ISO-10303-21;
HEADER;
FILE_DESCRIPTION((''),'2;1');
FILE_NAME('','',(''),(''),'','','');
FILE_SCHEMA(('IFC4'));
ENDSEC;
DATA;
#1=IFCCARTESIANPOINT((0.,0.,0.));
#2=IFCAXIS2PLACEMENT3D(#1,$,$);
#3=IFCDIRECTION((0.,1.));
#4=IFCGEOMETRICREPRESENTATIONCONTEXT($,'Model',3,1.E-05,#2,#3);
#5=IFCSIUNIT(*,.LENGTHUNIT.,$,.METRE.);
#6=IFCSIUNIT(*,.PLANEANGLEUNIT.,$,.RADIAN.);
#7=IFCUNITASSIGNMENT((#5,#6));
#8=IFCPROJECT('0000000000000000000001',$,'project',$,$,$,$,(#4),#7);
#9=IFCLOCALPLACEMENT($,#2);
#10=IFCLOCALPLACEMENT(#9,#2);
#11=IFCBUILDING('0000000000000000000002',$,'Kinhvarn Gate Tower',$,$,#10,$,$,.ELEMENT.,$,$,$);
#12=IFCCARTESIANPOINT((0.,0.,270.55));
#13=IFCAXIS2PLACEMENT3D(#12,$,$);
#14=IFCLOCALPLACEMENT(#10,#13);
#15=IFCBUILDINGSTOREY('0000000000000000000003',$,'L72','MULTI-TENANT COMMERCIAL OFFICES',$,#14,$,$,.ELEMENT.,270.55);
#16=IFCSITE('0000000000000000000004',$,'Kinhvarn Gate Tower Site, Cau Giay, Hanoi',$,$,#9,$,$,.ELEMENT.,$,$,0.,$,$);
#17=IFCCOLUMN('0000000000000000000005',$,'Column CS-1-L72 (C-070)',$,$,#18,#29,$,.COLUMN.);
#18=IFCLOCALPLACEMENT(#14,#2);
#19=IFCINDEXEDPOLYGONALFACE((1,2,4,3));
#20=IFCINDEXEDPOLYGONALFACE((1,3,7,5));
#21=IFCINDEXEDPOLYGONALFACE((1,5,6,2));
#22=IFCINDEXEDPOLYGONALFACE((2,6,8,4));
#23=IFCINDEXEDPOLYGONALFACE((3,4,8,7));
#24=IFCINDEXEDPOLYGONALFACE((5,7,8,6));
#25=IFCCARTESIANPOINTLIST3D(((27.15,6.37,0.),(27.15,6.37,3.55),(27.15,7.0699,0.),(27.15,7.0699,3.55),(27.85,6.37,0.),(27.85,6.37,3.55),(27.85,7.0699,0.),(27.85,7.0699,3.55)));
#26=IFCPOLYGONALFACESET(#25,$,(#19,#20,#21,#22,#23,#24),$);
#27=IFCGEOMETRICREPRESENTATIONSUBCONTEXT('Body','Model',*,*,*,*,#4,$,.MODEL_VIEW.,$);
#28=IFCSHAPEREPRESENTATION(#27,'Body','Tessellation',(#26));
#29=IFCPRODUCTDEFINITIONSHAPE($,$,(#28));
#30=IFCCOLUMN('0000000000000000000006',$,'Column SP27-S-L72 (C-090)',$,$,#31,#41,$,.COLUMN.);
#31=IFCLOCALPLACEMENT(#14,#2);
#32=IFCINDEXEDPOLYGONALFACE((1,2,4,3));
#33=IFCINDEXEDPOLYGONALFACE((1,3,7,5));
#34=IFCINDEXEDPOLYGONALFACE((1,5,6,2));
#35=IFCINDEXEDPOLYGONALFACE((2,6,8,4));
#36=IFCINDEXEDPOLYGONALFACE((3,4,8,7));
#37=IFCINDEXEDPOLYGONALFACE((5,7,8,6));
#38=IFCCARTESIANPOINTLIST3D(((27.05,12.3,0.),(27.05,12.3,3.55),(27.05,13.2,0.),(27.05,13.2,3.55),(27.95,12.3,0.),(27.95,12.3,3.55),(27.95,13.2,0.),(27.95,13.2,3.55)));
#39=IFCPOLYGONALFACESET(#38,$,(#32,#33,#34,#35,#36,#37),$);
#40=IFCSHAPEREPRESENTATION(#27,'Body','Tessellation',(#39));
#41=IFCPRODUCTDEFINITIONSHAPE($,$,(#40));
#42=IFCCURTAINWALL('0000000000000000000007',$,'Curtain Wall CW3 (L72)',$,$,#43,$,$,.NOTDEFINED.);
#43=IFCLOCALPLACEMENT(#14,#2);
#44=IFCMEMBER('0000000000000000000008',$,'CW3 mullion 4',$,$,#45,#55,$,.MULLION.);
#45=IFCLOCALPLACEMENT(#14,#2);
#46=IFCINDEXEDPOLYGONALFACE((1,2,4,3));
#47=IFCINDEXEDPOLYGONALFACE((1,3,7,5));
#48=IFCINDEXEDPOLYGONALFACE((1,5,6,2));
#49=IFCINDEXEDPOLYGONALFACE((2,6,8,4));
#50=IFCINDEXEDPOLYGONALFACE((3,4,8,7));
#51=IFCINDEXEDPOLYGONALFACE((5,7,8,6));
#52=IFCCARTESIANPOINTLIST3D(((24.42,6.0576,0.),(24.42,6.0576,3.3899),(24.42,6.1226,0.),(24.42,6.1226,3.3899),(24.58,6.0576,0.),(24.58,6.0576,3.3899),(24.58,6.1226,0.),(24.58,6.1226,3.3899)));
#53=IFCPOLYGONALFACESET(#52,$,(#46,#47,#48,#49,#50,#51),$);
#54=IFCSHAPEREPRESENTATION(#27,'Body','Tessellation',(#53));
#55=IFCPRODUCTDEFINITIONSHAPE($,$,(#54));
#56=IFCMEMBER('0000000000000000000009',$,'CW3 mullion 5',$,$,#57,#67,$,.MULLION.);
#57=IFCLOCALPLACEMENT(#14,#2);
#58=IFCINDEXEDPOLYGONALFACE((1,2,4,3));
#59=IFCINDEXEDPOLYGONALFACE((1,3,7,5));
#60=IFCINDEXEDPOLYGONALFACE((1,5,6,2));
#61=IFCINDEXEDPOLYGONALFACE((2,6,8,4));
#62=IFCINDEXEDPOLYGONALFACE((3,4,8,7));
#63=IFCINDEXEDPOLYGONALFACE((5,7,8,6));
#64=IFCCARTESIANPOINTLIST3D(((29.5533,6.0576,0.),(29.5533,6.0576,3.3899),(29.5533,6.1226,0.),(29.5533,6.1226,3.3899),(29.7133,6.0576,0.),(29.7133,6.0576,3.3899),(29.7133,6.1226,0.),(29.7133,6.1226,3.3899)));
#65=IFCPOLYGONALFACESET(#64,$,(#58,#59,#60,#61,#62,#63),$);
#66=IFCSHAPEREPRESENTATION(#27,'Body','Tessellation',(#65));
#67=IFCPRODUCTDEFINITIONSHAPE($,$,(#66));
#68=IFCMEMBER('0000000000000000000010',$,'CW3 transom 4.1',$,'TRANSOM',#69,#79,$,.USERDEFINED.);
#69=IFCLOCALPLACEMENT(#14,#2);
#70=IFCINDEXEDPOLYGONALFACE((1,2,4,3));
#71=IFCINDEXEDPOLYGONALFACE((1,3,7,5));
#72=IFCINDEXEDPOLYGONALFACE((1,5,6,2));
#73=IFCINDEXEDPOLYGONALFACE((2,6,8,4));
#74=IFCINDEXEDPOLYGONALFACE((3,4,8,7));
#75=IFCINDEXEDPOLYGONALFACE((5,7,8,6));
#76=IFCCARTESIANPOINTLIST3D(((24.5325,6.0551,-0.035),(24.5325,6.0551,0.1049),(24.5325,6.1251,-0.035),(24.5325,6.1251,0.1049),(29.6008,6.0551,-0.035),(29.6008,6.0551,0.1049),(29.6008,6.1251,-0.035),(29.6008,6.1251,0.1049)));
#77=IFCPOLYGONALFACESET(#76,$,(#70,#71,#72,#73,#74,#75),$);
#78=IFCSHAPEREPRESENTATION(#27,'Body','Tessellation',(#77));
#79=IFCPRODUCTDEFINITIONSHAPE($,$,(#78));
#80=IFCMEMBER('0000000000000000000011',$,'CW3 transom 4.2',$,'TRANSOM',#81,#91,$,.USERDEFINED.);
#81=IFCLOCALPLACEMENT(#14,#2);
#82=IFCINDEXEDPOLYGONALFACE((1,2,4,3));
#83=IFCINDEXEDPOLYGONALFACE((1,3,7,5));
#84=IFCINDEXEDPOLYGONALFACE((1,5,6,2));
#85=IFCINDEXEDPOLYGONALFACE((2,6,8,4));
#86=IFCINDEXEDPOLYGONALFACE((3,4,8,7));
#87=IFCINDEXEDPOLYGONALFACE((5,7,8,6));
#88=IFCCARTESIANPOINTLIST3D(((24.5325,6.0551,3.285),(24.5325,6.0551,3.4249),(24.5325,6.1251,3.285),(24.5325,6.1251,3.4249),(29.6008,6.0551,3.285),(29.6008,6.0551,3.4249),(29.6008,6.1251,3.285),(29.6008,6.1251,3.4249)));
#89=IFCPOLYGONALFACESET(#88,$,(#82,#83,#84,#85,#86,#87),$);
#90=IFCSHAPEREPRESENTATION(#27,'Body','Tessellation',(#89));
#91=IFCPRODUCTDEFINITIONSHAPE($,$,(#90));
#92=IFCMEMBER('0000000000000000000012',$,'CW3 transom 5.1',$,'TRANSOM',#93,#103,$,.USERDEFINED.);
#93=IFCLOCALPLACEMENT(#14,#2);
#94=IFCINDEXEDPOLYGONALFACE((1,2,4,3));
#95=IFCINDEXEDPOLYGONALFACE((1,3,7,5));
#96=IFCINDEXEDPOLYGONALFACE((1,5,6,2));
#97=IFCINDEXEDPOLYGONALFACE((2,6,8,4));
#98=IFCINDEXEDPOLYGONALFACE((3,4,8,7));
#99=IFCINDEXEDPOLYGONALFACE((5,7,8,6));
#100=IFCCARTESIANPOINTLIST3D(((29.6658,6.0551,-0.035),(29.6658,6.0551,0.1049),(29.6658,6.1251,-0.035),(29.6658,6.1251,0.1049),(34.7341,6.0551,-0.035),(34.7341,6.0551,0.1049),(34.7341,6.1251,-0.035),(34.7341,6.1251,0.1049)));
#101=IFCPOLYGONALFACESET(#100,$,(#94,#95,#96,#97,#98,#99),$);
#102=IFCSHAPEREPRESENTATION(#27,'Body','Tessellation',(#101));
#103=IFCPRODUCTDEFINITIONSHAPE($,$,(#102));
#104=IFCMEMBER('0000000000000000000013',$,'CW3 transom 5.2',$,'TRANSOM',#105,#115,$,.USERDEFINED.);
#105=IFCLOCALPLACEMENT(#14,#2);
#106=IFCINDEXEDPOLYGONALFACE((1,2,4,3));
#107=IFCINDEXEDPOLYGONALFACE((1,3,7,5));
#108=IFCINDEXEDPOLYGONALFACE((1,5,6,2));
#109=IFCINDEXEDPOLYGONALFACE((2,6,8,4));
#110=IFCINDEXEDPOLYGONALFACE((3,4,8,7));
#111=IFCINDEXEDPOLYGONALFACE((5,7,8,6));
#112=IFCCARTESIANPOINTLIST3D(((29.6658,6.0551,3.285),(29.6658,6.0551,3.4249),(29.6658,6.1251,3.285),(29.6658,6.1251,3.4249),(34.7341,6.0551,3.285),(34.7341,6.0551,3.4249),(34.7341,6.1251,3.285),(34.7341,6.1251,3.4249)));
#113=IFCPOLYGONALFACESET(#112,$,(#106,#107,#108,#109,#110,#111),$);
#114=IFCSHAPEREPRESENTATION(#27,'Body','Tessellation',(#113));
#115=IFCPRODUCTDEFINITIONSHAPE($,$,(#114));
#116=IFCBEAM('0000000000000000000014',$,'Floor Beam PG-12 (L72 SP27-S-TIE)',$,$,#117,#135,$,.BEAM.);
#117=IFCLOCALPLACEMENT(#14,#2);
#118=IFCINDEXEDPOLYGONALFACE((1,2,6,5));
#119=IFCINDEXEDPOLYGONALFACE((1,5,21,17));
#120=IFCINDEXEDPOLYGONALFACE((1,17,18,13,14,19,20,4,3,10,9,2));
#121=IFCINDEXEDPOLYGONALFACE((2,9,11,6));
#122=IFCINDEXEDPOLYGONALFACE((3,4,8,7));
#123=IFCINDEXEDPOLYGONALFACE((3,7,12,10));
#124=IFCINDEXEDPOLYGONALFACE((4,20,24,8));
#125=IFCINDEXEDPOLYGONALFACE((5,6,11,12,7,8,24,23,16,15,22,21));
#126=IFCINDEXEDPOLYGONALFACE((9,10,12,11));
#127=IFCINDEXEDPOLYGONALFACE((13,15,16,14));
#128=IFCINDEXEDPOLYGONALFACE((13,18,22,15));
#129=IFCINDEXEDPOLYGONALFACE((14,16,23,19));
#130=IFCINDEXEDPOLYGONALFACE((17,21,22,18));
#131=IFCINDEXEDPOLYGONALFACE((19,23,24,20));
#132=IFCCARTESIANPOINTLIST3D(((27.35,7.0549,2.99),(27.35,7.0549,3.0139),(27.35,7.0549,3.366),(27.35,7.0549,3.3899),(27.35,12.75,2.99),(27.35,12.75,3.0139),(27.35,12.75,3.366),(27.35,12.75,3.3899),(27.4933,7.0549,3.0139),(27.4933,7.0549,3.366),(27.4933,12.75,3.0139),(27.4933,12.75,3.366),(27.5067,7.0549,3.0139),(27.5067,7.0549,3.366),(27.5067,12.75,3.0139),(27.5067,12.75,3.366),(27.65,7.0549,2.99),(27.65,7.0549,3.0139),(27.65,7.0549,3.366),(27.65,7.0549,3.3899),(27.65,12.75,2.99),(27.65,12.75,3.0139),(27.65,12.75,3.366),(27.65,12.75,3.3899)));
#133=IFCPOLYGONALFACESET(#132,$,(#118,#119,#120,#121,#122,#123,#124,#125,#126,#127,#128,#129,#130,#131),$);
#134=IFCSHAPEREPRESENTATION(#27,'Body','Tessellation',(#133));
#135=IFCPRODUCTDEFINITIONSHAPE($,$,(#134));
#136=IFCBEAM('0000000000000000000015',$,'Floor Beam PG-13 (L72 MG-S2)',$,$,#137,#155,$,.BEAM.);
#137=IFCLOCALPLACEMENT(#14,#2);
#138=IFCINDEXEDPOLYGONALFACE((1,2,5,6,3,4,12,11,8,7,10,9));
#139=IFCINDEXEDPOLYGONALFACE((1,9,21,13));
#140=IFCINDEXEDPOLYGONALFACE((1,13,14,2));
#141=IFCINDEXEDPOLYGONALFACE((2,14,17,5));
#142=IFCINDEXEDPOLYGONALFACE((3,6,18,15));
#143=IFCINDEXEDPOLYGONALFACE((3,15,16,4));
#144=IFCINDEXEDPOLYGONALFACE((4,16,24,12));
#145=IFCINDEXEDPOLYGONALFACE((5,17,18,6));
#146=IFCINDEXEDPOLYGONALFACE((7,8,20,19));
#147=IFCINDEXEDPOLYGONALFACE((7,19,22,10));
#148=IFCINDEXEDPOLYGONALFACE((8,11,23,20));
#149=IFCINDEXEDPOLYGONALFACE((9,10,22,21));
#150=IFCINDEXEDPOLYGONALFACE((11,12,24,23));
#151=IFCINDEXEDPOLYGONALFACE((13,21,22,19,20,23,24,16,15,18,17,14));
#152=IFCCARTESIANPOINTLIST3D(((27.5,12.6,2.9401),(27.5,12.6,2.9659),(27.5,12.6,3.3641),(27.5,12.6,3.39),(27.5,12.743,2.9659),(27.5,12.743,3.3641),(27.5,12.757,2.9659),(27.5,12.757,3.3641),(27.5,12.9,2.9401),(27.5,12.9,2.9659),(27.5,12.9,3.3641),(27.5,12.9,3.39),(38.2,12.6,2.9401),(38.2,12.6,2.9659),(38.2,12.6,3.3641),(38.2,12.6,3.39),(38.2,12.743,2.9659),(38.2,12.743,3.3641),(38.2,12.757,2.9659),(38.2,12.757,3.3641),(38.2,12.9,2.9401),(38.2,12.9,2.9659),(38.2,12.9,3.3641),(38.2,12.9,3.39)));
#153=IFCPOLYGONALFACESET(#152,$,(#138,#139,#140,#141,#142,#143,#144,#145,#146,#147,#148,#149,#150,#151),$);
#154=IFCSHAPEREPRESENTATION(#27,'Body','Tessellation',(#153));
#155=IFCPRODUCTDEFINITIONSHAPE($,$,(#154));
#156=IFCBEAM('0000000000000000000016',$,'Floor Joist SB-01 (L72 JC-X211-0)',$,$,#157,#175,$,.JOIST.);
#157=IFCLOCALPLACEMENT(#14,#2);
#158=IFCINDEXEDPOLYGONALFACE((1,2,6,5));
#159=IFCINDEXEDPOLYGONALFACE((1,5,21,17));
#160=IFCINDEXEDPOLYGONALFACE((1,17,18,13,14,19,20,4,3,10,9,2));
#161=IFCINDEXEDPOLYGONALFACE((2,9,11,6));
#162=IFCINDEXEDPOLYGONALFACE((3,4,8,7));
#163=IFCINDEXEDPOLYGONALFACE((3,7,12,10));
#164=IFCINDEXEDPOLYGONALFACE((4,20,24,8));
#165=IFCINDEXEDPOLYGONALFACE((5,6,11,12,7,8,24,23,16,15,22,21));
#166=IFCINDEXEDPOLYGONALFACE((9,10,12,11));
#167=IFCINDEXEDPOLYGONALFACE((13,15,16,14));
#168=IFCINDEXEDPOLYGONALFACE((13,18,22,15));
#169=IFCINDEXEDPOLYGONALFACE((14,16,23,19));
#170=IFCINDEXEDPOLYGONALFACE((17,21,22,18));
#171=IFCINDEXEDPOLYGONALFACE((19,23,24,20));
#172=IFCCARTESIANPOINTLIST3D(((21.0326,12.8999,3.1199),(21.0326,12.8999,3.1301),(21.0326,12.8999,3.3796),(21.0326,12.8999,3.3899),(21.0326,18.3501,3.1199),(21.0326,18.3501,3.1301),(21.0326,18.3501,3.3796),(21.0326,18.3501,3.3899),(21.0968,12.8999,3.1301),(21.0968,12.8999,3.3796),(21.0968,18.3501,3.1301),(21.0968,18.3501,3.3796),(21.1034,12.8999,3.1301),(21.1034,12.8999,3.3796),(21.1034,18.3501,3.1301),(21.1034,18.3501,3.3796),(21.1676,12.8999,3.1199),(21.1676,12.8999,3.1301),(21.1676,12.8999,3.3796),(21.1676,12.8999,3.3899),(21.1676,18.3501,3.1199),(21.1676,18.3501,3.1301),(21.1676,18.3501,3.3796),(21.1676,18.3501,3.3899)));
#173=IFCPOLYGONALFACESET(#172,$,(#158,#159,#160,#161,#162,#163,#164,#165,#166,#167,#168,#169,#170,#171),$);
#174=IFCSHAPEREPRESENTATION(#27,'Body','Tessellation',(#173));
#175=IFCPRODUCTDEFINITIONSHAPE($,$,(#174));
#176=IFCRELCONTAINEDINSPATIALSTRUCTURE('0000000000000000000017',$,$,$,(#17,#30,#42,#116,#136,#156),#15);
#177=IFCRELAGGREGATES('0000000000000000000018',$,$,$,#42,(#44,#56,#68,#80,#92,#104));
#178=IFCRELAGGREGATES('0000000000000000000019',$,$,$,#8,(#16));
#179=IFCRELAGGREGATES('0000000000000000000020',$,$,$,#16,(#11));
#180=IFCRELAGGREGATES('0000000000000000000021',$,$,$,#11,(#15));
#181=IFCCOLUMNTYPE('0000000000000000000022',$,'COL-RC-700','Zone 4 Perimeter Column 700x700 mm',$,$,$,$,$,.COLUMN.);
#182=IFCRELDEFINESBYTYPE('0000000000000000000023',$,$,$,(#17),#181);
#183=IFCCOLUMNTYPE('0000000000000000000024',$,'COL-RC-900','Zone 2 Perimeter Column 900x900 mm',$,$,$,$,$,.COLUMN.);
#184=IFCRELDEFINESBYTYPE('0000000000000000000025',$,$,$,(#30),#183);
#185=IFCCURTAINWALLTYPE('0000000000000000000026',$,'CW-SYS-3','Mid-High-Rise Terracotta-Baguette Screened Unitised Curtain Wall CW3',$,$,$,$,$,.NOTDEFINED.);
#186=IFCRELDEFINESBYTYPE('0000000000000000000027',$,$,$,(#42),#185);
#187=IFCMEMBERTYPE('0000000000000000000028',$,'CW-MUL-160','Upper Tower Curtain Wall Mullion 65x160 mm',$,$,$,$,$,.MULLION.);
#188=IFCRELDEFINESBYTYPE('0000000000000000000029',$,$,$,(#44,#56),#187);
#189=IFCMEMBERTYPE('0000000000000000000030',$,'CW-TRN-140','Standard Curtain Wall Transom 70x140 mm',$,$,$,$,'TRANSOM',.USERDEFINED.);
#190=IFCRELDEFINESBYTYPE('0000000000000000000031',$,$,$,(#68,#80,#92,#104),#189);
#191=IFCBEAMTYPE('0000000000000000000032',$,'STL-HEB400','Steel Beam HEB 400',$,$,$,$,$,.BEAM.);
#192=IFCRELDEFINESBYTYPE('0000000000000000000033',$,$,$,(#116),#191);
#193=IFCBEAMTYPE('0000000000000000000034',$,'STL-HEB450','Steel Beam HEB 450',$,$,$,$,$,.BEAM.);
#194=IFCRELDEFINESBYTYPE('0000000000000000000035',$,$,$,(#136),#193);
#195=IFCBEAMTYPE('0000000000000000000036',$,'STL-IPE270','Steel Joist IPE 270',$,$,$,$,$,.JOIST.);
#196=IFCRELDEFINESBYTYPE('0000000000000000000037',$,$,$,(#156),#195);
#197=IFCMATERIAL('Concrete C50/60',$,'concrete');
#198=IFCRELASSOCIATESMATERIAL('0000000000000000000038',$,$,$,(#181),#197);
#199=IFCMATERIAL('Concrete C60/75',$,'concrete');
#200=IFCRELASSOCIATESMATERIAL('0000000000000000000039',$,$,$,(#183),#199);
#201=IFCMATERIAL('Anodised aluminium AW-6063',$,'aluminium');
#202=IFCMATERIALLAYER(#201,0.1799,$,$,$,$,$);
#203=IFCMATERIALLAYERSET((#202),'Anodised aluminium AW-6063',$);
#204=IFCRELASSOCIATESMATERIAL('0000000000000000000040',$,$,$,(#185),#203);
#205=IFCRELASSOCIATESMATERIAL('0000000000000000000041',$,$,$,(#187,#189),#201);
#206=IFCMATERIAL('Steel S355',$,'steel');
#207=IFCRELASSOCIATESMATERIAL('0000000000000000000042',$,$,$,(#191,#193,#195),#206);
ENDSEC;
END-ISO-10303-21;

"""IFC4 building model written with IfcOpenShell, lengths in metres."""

from ifc_helpers import new_model, si_unit, direction, frame, origin, origin_2d, place, context, subcontext, project, spatial, rectangle, i_section, extrude, material, layer, layer_set, material_profile, profile_set, type_object, element, aggregate, save


model = new_model("IFC4")

# Units and contexts
model_context = context("Model", 3, precision=1e-05, world=origin(), true_north=direction((0.0, 1.0)))
body_context = subcontext(model_context, "Body", "Model", "MODEL_VIEW")
ifc_project = project(units=[si_unit("LENGTHUNIT", "METRE"), si_unit("PLANEANGLEUNIT", "RADIAN")], contexts=[model_context])

# Site, building, storey
site_placement = place(None, origin())
site = spatial("IfcSite", under=ifc_project, at=site_placement, Name="Kinhvarn Gate Tower Site, Cau Giay, Hanoi", CompositionType="ELEMENT", RefElevation=0.0)
building_placement = place(site_placement, origin())
building = spatial("IfcBuilding", under=site, at=building_placement, Name="Kinhvarn Gate Tower", CompositionType="ELEMENT")
storey_placement = place(building_placement, frame((0.0, 0.0, 270.55)))
storey = spatial("IfcBuildingStorey", under=building, at=storey_placement, Name="L72", Description="MULTI-TENANT COMMERCIAL OFFICES", CompositionType="ELEMENT", Elevation=270.55)

# Columns
ifc_material_1 = material(Name="Concrete C50/60", Category="concrete")
ifc_material_profile_1 = material_profile(ifc_material_1, rectangle(XDim=0.7, YDim=0.7, at=origin_2d()), Name="RC 700x700")
ifc_profile_set_1 = profile_set([ifc_material_profile_1], Name="Concrete C50/60")
column_type_1 = type_object("IfcColumnType", Name="COL-RC-700", Description="Zone 4 Perimeter Column 700x700 mm", PredefinedType="COLUMN", material=ifc_profile_set_1)
column_1_placement = place(storey_placement, frame((27.5, 6.72, 0.0), z_axis=(0.0, 0.0, 1.0), x_axis=(1.0, 0.0, 0.0)))
element("IfcColumn", 1, at=column_1_placement, inside=storey, type_object=column_type_1, Name="Column CS-1-L72 (C-070)", PredefinedType="COLUMN", context=body_context, shape_type="SweptSolid", body=[
    extrude(rectangle(XDim=0.7, YDim=0.7, at=origin_2d()), origin(), (0.0, 0.0, 1.0), 3.55),
])
ifc_material_2 = material(Name="Concrete C60/75", Category="concrete")
ifc_material_profile_2 = material_profile(ifc_material_2, rectangle(XDim=0.8999, YDim=0.8999, at=origin_2d()), Name="RC 900x900")
ifc_profile_set_2 = profile_set([ifc_material_profile_2], Name="Concrete C60/75")
column_type_2 = type_object("IfcColumnType", Name="COL-RC-900", Description="Zone 2 Perimeter Column 900x900 mm", PredefinedType="COLUMN", material=ifc_profile_set_2)
column_2_placement = place(storey_placement, frame((27.5, 12.75, 0.0), z_axis=(0.0, 0.0, 1.0), x_axis=(1.0, 0.0, 0.0)))
element("IfcColumn", 2, at=column_2_placement, inside=storey, type_object=column_type_2, Name="Column SP27-S-L72 (C-090)", PredefinedType="COLUMN", context=body_context, shape_type="SweptSolid", body=[
    extrude(rectangle(XDim=0.8999, YDim=0.8999, at=origin_2d()), origin(), (0.0, 0.0, 1.0), 3.55),
])

# Curtain wall, members
ifc_material_3 = material(Name="Anodised aluminium AW-6063", Category="aluminium")
ifc_layer_1 = layer(ifc_material_3, 0.1799)
ifc_layer_set_1 = layer_set([ifc_layer_1], Name="Anodised aluminium AW-6063")
curtain_wall_type = type_object("IfcCurtainWallType", Name="CW-SYS-3", Description="Mid-High-Rise Terracotta-Baguette Screened Unitised Curtain Wall CW3", PredefinedType="NOTDEFINED", material=ifc_layer_set_1)
curtain_wall_placement = place(storey_placement, origin())
curtain_wall = element("IfcCurtainWall", 3, at=curtain_wall_placement, inside=storey, type_object=curtain_wall_type, Name="Curtain Wall CW3 (L72)", PredefinedType="NOTDEFINED")
ifc_material_profile_3 = material_profile(ifc_material_3, rectangle(XDim=0.0649, YDim=0.1599, at=origin_2d()), Name="ALU 65x160")
ifc_profile_set_3 = profile_set([ifc_material_profile_3], Name="Anodised aluminium AW-6063")
member_type_1 = type_object("IfcMemberType", Name="CW-MUL-160", Description="Upper Tower Curtain Wall Mullion 65x160 mm", PredefinedType="MULLION", material=ifc_profile_set_3)
member_1_placement = place(storey_placement, frame((24.5, 6.0901, 0.0), z_axis=(0.0, 0.0, 1.0), x_axis=(0.0, 1.0, 0.0)))
member_1 = element("IfcMember", 4, at=member_1_placement, type_object=member_type_1, Name="CW3 mullion 4", PredefinedType="MULLION", context=body_context, shape_type="SweptSolid", body=[
    extrude(rectangle(XDim=0.0649, YDim=0.1599, at=origin_2d()), origin(), (0.0, 0.0, 1.0), 3.3899),
])
member_2_placement = place(storey_placement, frame((29.6333, 6.0901, 0.0), z_axis=(0.0, 0.0, 1.0), x_axis=(0.0, 1.0, 0.0)))
member_2 = element("IfcMember", 5, at=member_2_placement, type_object=member_type_1, Name="CW3 mullion 5", PredefinedType="MULLION", context=body_context, shape_type="SweptSolid", body=[
    extrude(rectangle(XDim=0.0649, YDim=0.1599, at=origin_2d()), origin(), (0.0, 0.0, 1.0), 3.3899),
])
ifc_material_profile_4 = material_profile(ifc_material_3, rectangle(XDim=0.0701, YDim=0.1399, at=origin_2d()), Name="ALU 70x140")
ifc_profile_set_4 = profile_set([ifc_material_profile_4], Name="Anodised aluminium AW-6063")
member_type_2 = type_object("IfcMemberType", Name="CW-TRN-140", Description="Standard Curtain Wall Transom 70x140 mm", ElementType="TRANSOM", PredefinedType="USERDEFINED", material=ifc_profile_set_4)
member_3_placement = place(storey_placement, frame((24.5325, 6.0901, 0.0349), z_axis=(1.0, 0.0, 0.0), x_axis=(0.0, 1.0, 0.0)))
member_3 = element("IfcMember", 6, at=member_3_placement, type_object=member_type_2, Name="CW3 transom 4.1", ObjectType="TRANSOM", PredefinedType="USERDEFINED", context=body_context, shape_type="SweptSolid", body=[
    extrude(rectangle(XDim=0.0701, YDim=0.1399, at=origin_2d()), origin(), (0.0, 0.0, 1.0), 5.0684),
])
member_4_placement = place(storey_placement, frame((24.5325, 6.0901, 3.355), z_axis=(1.0, 0.0, 0.0), x_axis=(0.0, 1.0, 0.0)))
member_4 = element("IfcMember", 7, at=member_4_placement, type_object=member_type_2, Name="CW3 transom 4.2", ObjectType="TRANSOM", PredefinedType="USERDEFINED", context=body_context, shape_type="SweptSolid", body=[
    extrude(rectangle(XDim=0.0701, YDim=0.1399, at=origin_2d()), origin(), (0.0, 0.0, 1.0), 5.0684),
])
member_5_placement = place(storey_placement, frame((29.6658, 6.0901, 0.0349), z_axis=(1.0, 0.0, 0.0), x_axis=(0.0, 1.0, 0.0)))
member_5 = element("IfcMember", 8, at=member_5_placement, type_object=member_type_2, Name="CW3 transom 5.1", ObjectType="TRANSOM", PredefinedType="USERDEFINED", context=body_context, shape_type="SweptSolid", body=[
    extrude(rectangle(XDim=0.0701, YDim=0.1399, at=origin_2d()), origin(), (0.0, 0.0, 1.0), 5.0684),
])
member_6_placement = place(storey_placement, frame((29.6658, 6.0901, 3.355), z_axis=(1.0, 0.0, 0.0), x_axis=(0.0, 1.0, 0.0)))
member_6 = element("IfcMember", 9, at=member_6_placement, type_object=member_type_2, Name="CW3 transom 5.2", ObjectType="TRANSOM", PredefinedType="USERDEFINED", context=body_context, shape_type="SweptSolid", body=[
    extrude(rectangle(XDim=0.0701, YDim=0.1399, at=origin_2d()), origin(), (0.0, 0.0, 1.0), 5.0684),
])

# Beams
ifc_material_4 = material(Name="Steel S355", Category="steel")
ifc_material_profile_5 = material_profile(ifc_material_4, i_section(OverallWidth=0.3, OverallDepth=0.3999, WebThickness=0.0134, FlangeThickness=0.0239, at=origin_2d()), Name="HEB 400")
ifc_profile_set_5 = profile_set([ifc_material_profile_5], Name="Steel S355")
beam_type_1 = type_object("IfcBeamType", Name="STL-HEB400", Description="Steel Beam HEB 400", PredefinedType="BEAM", material=ifc_profile_set_5)
beam_1_placement = place(storey_placement, frame((27.5, 7.0549, 3.1899), z_axis=(0.0, 1.0, 0.0), x_axis=(-1.0, 0.0, 0.0)))
element("IfcBeam", 10, at=beam_1_placement, inside=storey, type_object=beam_type_1, Name="Floor Beam PG-12 (L72 SP27-S-TIE)", PredefinedType="BEAM", context=body_context, shape_type="SweptSolid", body=[
    extrude(i_section(OverallWidth=0.3, OverallDepth=0.3999, WebThickness=0.0134, FlangeThickness=0.0239, at=origin_2d()), origin(), (0.0, 0.0, 1.0), 5.6951),
])
ifc_material_profile_6 = material_profile(ifc_material_4, i_section(OverallWidth=0.3, OverallDepth=0.45, WebThickness=0.0139, FlangeThickness=0.0259, at=origin_2d()), Name="HEB 450")
ifc_profile_set_6 = profile_set([ifc_material_profile_6], Name="Steel S355")
beam_type_2 = type_object("IfcBeamType", Name="STL-HEB450", Description="Steel Beam HEB 450", PredefinedType="BEAM", material=ifc_profile_set_6)
beam_2_placement = place(storey_placement, frame((27.5, 12.75, 3.165), z_axis=(1.0, 0.0, 0.0), x_axis=(0.0, 1.0, 0.0)))
element("IfcBeam", 11, at=beam_2_placement, inside=storey, type_object=beam_type_2, Name="Floor Beam PG-13 (L72 MG-S2)", PredefinedType="BEAM", context=body_context, shape_type="SweptSolid", body=[
    extrude(i_section(OverallWidth=0.3, OverallDepth=0.45, WebThickness=0.0139, FlangeThickness=0.0259, at=origin_2d()), origin(), (0.0, 0.0, 1.0), 10.7),
])
ifc_material_profile_7 = material_profile(ifc_material_4, i_section(OverallWidth=0.135, OverallDepth=0.27, WebThickness=0.0066, FlangeThickness=0.0103, at=origin_2d()), Name="IPE 270")
ifc_profile_set_7 = profile_set([ifc_material_profile_7], Name="Steel S355")
beam_type_3 = type_object("IfcBeamType", Name="STL-IPE270", Description="Steel Joist IPE 270", PredefinedType="JOIST", material=ifc_profile_set_7)
for number, where, z_axis, x_axis, name in (
    (12, (21.1001, 12.8999, 3.2549), (0.0, 1.0, 0.0), (-1.0, 0.0, 0.0), "Floor Joist SB-01 (L72 JC-X211-0)"),
):
    element("IfcBeam", number, at=place(storey_placement, frame(where, z_axis=z_axis, x_axis=x_axis)), inside=storey, type_object=beam_type_3, Name=name, PredefinedType="JOIST", context=body_context, shape_type="SweptSolid", body=[
        extrude(i_section(OverallWidth=0.135, OverallDepth=0.27, WebThickness=0.0066, FlangeThickness=0.0103, at=origin_2d()), origin(), (0.0, 0.0, 1.0), 5.4502),
    ])

aggregate(curtain_wall, [member_1, member_2, member_3, member_4, member_5, member_6])

save(model, "model.ifc")
